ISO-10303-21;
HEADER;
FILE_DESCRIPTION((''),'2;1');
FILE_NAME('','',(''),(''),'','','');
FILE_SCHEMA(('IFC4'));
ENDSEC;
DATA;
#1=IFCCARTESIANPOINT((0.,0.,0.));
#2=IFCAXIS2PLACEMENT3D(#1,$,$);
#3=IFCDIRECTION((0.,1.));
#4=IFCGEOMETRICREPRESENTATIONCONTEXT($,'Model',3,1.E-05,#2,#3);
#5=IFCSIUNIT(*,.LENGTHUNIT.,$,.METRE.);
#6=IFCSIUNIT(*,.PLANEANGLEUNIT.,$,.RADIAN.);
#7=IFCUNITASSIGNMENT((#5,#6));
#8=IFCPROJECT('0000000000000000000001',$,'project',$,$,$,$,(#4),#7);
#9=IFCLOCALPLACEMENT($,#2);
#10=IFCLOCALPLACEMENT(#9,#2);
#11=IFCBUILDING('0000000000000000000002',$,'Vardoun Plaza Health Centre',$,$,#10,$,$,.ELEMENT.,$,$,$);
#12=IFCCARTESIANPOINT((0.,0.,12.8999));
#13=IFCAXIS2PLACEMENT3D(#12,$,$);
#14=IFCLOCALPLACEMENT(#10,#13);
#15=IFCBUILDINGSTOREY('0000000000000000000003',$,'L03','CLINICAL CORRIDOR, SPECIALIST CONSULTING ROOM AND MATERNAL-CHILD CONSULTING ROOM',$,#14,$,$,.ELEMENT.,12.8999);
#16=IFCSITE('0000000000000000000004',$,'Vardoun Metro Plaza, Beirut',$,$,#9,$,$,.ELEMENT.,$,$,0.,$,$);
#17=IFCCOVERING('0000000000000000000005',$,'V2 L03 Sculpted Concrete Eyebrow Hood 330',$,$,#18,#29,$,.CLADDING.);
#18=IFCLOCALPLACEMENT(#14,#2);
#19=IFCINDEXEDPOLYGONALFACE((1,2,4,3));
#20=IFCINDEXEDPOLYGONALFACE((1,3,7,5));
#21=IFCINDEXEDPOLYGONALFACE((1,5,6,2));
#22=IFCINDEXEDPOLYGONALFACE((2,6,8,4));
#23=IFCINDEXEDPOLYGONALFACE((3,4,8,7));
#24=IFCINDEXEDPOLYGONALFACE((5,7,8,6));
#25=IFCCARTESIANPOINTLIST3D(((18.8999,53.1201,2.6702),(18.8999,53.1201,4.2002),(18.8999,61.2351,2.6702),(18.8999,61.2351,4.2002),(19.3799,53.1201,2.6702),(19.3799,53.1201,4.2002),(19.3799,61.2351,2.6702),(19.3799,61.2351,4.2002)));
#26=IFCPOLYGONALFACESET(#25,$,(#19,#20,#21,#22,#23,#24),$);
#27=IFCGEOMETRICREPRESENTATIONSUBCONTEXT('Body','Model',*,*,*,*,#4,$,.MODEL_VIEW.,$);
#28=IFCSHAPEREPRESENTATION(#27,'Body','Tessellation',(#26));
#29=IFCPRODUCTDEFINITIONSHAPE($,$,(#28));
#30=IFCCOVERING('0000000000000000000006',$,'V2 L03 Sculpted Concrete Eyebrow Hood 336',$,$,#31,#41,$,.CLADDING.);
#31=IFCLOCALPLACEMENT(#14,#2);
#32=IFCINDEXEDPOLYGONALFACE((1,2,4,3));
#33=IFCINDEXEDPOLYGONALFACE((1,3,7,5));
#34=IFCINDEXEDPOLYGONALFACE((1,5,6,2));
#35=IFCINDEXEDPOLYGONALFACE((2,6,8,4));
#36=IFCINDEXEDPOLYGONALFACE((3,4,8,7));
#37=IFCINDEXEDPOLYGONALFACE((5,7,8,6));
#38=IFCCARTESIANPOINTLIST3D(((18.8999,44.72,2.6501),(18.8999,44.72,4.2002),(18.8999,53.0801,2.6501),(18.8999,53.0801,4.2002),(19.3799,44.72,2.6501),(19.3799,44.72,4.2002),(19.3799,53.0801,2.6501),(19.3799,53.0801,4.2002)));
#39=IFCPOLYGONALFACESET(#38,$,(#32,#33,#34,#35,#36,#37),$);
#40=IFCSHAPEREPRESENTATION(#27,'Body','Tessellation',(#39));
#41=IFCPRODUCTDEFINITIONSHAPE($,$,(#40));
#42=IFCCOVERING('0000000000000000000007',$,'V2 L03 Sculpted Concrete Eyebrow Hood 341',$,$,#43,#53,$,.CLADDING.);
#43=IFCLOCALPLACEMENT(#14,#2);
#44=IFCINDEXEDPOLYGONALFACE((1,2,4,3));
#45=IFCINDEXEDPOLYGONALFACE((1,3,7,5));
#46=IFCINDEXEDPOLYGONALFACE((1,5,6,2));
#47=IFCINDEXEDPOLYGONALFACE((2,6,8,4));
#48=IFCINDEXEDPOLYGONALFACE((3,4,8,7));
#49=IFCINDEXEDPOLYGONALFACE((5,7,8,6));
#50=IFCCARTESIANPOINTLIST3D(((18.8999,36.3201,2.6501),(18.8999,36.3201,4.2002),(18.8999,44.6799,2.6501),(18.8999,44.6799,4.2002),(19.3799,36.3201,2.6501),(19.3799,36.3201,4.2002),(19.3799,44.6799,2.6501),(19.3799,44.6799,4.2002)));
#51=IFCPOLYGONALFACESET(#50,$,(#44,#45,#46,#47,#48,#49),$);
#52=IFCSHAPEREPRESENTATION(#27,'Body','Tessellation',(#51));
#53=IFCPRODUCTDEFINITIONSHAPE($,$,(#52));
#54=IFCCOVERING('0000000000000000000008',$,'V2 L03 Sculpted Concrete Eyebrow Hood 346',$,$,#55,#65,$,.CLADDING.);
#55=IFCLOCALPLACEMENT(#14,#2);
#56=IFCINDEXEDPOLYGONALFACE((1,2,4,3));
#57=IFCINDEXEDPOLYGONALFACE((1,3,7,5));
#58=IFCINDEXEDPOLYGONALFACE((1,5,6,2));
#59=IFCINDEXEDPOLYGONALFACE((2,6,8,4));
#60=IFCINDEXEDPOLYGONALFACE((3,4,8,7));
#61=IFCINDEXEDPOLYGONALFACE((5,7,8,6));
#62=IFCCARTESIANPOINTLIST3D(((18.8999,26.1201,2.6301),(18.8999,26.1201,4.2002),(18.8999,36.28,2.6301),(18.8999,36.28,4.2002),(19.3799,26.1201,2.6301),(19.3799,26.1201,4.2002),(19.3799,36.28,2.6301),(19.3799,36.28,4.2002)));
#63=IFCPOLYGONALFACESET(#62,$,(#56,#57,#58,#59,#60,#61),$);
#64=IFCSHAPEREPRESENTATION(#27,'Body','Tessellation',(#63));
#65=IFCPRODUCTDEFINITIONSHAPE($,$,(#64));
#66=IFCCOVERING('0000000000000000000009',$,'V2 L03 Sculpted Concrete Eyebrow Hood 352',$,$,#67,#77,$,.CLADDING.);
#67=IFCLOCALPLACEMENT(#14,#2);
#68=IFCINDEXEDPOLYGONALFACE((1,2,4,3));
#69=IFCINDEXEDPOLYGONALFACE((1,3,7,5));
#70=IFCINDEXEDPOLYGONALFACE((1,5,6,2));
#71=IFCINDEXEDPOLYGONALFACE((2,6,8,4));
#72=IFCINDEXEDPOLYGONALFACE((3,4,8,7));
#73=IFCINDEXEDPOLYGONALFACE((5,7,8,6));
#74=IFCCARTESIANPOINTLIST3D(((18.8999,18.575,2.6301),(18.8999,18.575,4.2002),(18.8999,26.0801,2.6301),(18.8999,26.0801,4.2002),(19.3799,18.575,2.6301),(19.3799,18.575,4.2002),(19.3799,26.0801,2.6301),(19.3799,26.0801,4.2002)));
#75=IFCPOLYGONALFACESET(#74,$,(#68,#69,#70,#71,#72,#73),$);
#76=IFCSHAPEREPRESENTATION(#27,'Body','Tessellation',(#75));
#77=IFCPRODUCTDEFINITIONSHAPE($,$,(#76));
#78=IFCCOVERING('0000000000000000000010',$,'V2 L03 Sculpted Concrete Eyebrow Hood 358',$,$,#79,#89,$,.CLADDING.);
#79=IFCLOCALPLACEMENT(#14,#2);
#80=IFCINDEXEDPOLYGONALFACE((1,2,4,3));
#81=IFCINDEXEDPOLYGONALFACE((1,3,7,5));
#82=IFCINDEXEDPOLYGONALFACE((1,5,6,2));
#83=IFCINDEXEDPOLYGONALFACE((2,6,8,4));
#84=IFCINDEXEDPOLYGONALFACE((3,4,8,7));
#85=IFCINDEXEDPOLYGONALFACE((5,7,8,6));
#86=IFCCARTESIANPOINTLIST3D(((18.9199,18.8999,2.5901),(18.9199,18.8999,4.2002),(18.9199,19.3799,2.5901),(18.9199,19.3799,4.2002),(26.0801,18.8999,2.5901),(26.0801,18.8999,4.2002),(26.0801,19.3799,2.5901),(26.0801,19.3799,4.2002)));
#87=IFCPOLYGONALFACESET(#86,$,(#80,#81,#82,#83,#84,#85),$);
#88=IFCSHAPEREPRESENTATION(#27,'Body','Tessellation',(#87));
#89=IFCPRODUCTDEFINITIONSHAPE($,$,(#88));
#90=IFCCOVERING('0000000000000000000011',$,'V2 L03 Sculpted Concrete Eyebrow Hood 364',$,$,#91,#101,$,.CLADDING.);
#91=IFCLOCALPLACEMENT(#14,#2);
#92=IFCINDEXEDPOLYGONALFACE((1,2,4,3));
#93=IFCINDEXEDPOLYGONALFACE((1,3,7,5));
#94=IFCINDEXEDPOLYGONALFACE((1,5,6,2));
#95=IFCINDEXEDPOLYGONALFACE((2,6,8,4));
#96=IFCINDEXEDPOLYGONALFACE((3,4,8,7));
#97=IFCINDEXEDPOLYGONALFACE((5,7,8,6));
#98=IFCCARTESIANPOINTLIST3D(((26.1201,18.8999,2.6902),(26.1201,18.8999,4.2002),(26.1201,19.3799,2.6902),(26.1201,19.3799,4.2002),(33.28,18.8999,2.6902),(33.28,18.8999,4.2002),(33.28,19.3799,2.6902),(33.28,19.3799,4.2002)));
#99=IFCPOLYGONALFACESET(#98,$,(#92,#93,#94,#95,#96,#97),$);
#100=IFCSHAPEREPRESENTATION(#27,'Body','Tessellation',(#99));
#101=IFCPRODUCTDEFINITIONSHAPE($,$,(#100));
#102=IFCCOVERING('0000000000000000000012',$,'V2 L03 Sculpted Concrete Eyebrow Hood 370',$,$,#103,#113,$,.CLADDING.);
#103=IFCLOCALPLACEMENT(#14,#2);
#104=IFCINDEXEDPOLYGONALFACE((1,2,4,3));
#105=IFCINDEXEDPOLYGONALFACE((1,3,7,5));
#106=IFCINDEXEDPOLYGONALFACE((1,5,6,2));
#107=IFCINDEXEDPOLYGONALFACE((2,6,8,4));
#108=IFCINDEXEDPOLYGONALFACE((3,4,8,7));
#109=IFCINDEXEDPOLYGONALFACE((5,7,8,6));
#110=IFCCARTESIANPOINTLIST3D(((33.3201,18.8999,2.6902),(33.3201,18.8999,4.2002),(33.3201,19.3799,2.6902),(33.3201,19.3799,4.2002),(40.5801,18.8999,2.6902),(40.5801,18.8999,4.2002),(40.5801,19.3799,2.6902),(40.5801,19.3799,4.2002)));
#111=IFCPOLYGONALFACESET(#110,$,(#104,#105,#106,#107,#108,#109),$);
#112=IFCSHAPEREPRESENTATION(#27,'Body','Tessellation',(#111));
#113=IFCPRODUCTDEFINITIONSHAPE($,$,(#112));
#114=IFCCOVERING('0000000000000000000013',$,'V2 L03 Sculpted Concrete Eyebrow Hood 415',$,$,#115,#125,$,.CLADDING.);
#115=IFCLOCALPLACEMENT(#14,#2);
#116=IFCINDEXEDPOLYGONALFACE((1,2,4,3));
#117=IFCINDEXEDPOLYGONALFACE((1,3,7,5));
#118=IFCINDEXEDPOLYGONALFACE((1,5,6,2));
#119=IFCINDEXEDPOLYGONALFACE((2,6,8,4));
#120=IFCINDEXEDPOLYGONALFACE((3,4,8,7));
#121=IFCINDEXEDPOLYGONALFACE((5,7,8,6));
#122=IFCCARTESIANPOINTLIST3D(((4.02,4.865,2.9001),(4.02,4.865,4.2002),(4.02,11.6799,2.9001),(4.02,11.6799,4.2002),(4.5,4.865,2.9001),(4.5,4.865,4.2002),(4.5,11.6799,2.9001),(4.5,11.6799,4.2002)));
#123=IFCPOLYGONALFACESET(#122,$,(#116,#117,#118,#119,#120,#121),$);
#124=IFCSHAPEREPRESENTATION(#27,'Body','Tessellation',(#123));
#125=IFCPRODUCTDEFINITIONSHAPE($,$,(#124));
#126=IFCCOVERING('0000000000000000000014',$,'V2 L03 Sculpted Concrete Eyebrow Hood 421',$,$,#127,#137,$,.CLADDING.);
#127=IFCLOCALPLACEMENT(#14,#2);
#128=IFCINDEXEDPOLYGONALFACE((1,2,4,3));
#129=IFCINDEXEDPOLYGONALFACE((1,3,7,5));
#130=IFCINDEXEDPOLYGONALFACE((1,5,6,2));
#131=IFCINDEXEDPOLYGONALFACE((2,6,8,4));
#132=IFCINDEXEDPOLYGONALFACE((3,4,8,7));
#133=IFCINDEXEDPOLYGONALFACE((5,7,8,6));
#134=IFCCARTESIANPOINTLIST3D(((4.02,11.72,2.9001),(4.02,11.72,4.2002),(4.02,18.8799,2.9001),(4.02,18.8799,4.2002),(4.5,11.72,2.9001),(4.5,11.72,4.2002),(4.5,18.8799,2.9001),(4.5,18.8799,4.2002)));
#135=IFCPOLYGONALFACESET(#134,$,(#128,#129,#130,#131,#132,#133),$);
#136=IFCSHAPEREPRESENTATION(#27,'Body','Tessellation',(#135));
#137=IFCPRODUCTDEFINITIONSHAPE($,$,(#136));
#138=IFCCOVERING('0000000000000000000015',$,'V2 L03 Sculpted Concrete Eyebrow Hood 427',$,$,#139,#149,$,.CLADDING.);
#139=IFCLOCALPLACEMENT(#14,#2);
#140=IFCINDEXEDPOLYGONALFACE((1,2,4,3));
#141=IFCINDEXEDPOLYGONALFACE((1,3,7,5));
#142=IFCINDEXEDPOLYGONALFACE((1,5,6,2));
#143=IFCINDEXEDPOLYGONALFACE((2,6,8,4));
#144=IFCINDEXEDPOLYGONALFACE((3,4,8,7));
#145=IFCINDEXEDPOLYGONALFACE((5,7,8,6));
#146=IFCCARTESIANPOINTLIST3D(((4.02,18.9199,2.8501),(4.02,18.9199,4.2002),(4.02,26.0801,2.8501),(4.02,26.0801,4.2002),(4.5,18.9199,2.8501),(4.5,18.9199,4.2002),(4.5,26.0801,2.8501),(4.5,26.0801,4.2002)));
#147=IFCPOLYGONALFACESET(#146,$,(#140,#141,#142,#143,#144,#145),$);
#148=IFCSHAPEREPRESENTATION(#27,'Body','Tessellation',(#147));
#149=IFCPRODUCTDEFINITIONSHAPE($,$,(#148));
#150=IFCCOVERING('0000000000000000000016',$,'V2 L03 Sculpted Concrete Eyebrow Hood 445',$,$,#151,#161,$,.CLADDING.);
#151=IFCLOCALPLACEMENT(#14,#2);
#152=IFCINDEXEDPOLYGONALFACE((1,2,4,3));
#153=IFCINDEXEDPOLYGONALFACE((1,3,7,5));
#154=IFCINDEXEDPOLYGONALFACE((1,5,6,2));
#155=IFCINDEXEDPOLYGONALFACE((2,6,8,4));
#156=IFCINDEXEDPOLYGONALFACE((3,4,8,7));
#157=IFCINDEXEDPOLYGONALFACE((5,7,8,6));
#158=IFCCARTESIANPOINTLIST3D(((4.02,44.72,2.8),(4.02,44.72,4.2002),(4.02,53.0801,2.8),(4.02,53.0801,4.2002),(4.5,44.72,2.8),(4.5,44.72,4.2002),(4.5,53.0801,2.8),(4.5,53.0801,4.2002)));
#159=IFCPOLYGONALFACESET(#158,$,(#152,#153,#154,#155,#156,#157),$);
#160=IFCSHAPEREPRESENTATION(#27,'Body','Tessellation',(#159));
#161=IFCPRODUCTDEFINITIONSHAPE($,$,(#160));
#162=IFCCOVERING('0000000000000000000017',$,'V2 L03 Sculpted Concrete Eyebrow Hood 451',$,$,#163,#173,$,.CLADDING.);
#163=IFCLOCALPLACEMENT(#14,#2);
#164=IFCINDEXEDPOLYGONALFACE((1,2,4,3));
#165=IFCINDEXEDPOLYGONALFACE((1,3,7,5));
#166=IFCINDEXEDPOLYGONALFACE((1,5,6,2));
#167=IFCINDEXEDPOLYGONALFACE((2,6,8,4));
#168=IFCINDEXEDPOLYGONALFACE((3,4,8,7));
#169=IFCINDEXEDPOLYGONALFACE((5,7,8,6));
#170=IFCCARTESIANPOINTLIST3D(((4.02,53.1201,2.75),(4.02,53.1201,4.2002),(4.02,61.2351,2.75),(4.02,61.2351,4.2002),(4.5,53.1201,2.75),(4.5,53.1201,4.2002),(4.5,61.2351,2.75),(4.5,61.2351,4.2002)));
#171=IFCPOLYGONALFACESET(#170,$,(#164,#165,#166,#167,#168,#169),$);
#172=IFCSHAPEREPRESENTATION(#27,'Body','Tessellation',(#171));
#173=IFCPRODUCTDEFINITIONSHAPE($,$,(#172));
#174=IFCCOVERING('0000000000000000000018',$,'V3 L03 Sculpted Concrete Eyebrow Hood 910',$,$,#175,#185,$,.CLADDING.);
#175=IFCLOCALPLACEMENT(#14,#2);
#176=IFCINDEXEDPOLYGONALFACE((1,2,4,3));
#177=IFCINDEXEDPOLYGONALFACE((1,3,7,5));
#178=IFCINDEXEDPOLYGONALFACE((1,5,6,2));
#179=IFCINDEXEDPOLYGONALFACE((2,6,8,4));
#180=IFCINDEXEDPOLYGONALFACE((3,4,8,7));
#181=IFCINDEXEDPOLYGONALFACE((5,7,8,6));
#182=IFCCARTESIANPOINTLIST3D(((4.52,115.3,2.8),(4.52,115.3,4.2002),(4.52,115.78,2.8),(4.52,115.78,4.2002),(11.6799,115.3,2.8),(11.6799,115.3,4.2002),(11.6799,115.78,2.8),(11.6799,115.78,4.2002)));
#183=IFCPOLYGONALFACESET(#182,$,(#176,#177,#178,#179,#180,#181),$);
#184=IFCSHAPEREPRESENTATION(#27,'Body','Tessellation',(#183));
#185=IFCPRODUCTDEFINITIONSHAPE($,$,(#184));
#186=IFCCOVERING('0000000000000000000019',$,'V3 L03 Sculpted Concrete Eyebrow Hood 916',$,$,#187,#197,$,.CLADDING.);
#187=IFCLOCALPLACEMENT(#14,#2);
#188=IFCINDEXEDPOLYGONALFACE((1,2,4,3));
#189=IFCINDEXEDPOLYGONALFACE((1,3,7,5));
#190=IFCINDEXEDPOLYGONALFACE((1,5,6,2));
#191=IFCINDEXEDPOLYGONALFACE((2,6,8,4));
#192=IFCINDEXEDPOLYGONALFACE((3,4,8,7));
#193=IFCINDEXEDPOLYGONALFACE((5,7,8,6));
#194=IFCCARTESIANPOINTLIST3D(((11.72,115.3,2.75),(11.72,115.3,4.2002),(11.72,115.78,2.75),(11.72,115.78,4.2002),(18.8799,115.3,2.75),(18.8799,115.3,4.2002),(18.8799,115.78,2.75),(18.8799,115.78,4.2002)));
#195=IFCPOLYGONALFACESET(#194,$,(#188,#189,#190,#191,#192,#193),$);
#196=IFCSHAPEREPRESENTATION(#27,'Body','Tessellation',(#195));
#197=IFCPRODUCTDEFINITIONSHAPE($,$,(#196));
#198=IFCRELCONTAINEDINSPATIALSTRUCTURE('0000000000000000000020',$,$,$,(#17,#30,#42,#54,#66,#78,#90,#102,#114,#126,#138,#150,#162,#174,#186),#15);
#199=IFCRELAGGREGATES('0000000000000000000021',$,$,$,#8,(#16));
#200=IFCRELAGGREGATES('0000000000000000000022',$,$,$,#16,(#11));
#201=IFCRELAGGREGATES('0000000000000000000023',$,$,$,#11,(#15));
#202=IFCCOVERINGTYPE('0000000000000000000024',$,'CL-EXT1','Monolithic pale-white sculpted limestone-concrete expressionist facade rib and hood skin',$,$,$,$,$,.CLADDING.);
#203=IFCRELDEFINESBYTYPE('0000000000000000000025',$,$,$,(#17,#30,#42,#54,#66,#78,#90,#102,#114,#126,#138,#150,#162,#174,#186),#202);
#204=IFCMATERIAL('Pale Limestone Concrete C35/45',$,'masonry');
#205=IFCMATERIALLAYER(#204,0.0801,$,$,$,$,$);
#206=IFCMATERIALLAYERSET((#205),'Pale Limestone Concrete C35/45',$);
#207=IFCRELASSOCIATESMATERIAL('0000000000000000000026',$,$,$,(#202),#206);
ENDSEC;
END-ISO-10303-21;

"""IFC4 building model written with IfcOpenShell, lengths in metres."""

from ifc_helpers import new_model, si_unit, direction, frame, origin, place, context, subcontext, project, spatial, polyline, outline, extrude, material, layer, layer_set, type_object, element, save


model = new_model("IFC4")

# Units and contexts
model_context = context("Model", 3, precision=1e-05, world=origin(), true_north=direction((0.0, 1.0)))
body_context = subcontext(model_context, "Body", "Model", "MODEL_VIEW")
ifc_project = project(units=[si_unit("LENGTHUNIT", "METRE"), si_unit("PLANEANGLEUNIT", "RADIAN")], contexts=[model_context])

# Site, building, storey
site_placement = place(None, origin())
site = spatial("IfcSite", under=ifc_project, at=site_placement, Name="Vardoun Metro Plaza, Beirut", CompositionType="ELEMENT", RefElevation=0.0)
building_placement = place(site_placement, origin())
building = spatial("IfcBuilding", under=site, at=building_placement, Name="Vardoun Plaza Health Centre", CompositionType="ELEMENT")
storey_placement = place(building_placement, frame((0.0, 0.0, 12.8999)))
storey = spatial("IfcBuildingStorey", under=building, at=storey_placement, Name="L03", Description="CLINICAL CORRIDOR, SPECIALIST CONSULTING ROOM AND MATERNAL-CHILD CONSULTING ROOM", CompositionType="ELEMENT", Elevation=12.8999)

# Coverings
ifc_material = material(Name="Pale Limestone Concrete C35/45", Category="masonry")
ifc_layer = layer(ifc_material, 0.0801)
ifc_layer_set = layer_set([ifc_layer], Name="Pale Limestone Concrete C35/45")
covering_type = type_object("IfcCoveringType", Name="CL-EXT1", Description="Monolithic pale-white sculpted limestone-concrete expressionist facade rib and hood skin", PredefinedType="CLADDING", material=ifc_layer_set)
covering_1_placement = place(storey_placement, frame((0.0, 0.0, 2.6702)))
element("IfcCovering", 1, at=covering_1_placement, inside=storey, type_object=covering_type, Name="V2 L03 Sculpted Concrete Eyebrow Hood 330", PredefinedType="CLADDING", context=body_context, shape_type="SweptSolid", body=[
    extrude(outline(polyline([(18.8999, 61.2351), (18.8999, 53.1201), (19.3799, 53.1201), (19.3799, 61.2351), (18.8999, 61.2351)])), origin(), (0.0, 0.0, 1.0), 1.53),
])
covering_2_placement = place(storey_placement, frame((0.0, 0.0, 2.6501)))
element("IfcCovering", 2, at=covering_2_placement, inside=storey, type_object=covering_type, Name="V2 L03 Sculpted Concrete Eyebrow Hood 336", PredefinedType="CLADDING", context=body_context, shape_type="SweptSolid", body=[
    extrude(outline(polyline([(18.8999, 53.0801), (18.8999, 44.72), (19.3799, 44.72), (19.3799, 53.0801), (18.8999, 53.0801)])), origin(), (0.0, 0.0, 1.0), 1.55),
])
covering_3_placement = place(storey_placement, frame((0.0, 0.0, 2.6501)))
element("IfcCovering", 3, at=covering_3_placement, inside=storey, type_object=covering_type, Name="V2 L03 Sculpted Concrete Eyebrow Hood 341", PredefinedType="CLADDING", context=body_context, shape_type="SweptSolid", body=[
    extrude(outline(polyline([(18.8999, 44.6799), (18.8999, 36.3201), (19.3799, 36.3201), (19.3799, 44.6799), (18.8999, 44.6799)])), origin(), (0.0, 0.0, 1.0), 1.55),
])
covering_4_placement = place(storey_placement, frame((0.0, 0.0, 2.6301)))
element("IfcCovering", 4, at=covering_4_placement, inside=storey, type_object=covering_type, Name="V2 L03 Sculpted Concrete Eyebrow Hood 346", PredefinedType="CLADDING", context=body_context, shape_type="SweptSolid", body=[
    extrude(outline(polyline([(18.8999, 36.28), (18.8999, 26.1201), (19.3799, 26.1201), (19.3799, 36.28), (18.8999, 36.28)])), origin(), (0.0, 0.0, 1.0), 1.5701),
])
covering_5_placement = place(storey_placement, frame((0.0, 0.0, 2.6301)))
element("IfcCovering", 5, at=covering_5_placement, inside=storey, type_object=covering_type, Name="V2 L03 Sculpted Concrete Eyebrow Hood 352", PredefinedType="CLADDING", context=body_context, shape_type="SweptSolid", body=[
    extrude(outline(polyline([(18.8999, 26.0801), (18.8999, 18.575), (19.3799, 18.575), (19.3799, 26.0801), (18.8999, 26.0801)])), origin(), (0.0, 0.0, 1.0), 1.5701),
])
covering_6_placement = place(storey_placement, frame((0.0, 0.0, 2.5901)))
element("IfcCovering", 6, at=covering_6_placement, inside=storey, type_object=covering_type, Name="V2 L03 Sculpted Concrete Eyebrow Hood 358", PredefinedType="CLADDING", context=body_context, shape_type="SweptSolid", body=[
    extrude(outline(polyline([(18.9199, 18.8999), (26.0801, 18.8999), (26.0801, 19.3799), (18.9199, 19.3799), (18.9199, 18.8999)])), origin(), (0.0, 0.0, 1.0), 1.6101),
])
covering_7_placement = place(storey_placement, frame((0.0, 0.0, 2.6902)))
element("IfcCovering", 7, at=covering_7_placement, inside=storey, type_object=covering_type, Name="V2 L03 Sculpted Concrete Eyebrow Hood 364", PredefinedType="CLADDING", context=body_context, shape_type="SweptSolid", body=[
    extrude(outline(polyline([(26.1201, 18.8999), (33.28, 18.8999), (33.28, 19.3799), (26.1201, 19.3799), (26.1201, 18.8999)])), origin(), (0.0, 0.0, 1.0), 1.51),
])
covering_8_placement = place(storey_placement, frame((0.0, 0.0, 2.6902)))
element("IfcCovering", 8, at=covering_8_placement, inside=storey, type_object=covering_type, Name="V2 L03 Sculpted Concrete Eyebrow Hood 370", PredefinedType="CLADDING", context=body_context, shape_type="SweptSolid", body=[
    extrude(outline(polyline([(33.3201, 18.8999), (40.5801, 18.8999), (40.5801, 19.3799), (33.3201, 19.3799), (33.3201, 18.8999)])), origin(), (0.0, 0.0, 1.0), 1.51),
])
covering_9_placement = place(storey_placement, frame((0.0, 0.0, 2.9001)))
element("IfcCovering", 9, at=covering_9_placement, inside=storey, type_object=covering_type, Name="V2 L03 Sculpted Concrete Eyebrow Hood 415", PredefinedType="CLADDING", context=body_context, shape_type="SweptSolid", body=[
    extrude(outline(polyline([(4.5, 4.865), (4.5, 11.6799), (4.02, 11.6799), (4.02, 4.865), (4.5, 4.865)])), origin(), (0.0, 0.0, 1.0), 1.3),
])
covering_10_placement = place(storey_placement, frame((0.0, 0.0, 2.9001)))
element("IfcCovering", 10, at=covering_10_placement, inside=storey, type_object=covering_type, Name="V2 L03 Sculpted Concrete Eyebrow Hood 421", PredefinedType="CLADDING", context=body_context, shape_type="SweptSolid", body=[
    extrude(outline(polyline([(4.5, 11.72), (4.5, 18.8799), (4.02, 18.8799), (4.02, 11.72), (4.5, 11.72)])), origin(), (0.0, 0.0, 1.0), 1.3),
])
covering_11_placement = place(storey_placement, frame((0.0, 0.0, 2.8501)))
element("IfcCovering", 11, at=covering_11_placement, inside=storey, type_object=covering_type, Name="V2 L03 Sculpted Concrete Eyebrow Hood 427", PredefinedType="CLADDING", context=body_context, shape_type="SweptSolid", body=[
    extrude(outline(polyline([(4.5, 18.9199), (4.5, 26.0801), (4.02, 26.0801), (4.02, 18.9199), (4.5, 18.9199)])), origin(), (0.0, 0.0, 1.0), 1.3501),
])
covering_12_placement = place(storey_placement, frame((0.0, 0.0, 2.8)))
element("IfcCovering", 12, at=covering_12_placement, inside=storey, type_object=covering_type, Name="V2 L03 Sculpted Concrete Eyebrow Hood 445", PredefinedType="CLADDING", context=body_context, shape_type="SweptSolid", body=[
    extrude(outline(polyline([(4.5, 44.72), (4.5, 53.0801), (4.02, 53.0801), (4.02, 44.72), (4.5, 44.72)])), origin(), (0.0, 0.0, 1.0), 1.4001),
])
covering_13_placement = place(storey_placement, frame((0.0, 0.0, 2.75)))
element("IfcCovering", 13, at=covering_13_placement, inside=storey, type_object=covering_type, Name="V2 L03 Sculpted Concrete Eyebrow Hood 451", PredefinedType="CLADDING", context=body_context, shape_type="SweptSolid", body=[
    extrude(outline(polyline([(4.5, 53.1201), (4.5, 61.2351), (4.02, 61.2351), (4.02, 53.1201), (4.5, 53.1201)])), origin(), (0.0, 0.0, 1.0), 1.4502),
])
covering_14_placement = place(storey_placement, frame((0.0, 0.0, 2.8)))
element("IfcCovering", 14, at=covering_14_placement, inside=storey, type_object=covering_type, Name="V3 L03 Sculpted Concrete Eyebrow Hood 910", PredefinedType="CLADDING", context=body_context, shape_type="SweptSolid", body=[
    extrude(outline(polyline([(4.52, 115.3), (11.6799, 115.3), (11.6799, 115.78), (4.52, 115.78), (4.52, 115.3)])), origin(), (0.0, 0.0, 1.0), 1.4001),
])
covering_15_placement = place(storey_placement, frame((0.0, 0.0, 2.75)))
element("IfcCovering", 15, at=covering_15_placement, inside=storey, type_object=covering_type, Name="V3 L03 Sculpted Concrete Eyebrow Hood 916", PredefinedType="CLADDING", context=body_context, shape_type="SweptSolid", body=[
    extrude(outline(polyline([(11.72, 115.3), (18.8799, 115.3), (18.8799, 115.78), (11.72, 115.78), (11.72, 115.3)])), origin(), (0.0, 0.0, 1.0), 1.4502),
])

save(model, "model.ifc")
